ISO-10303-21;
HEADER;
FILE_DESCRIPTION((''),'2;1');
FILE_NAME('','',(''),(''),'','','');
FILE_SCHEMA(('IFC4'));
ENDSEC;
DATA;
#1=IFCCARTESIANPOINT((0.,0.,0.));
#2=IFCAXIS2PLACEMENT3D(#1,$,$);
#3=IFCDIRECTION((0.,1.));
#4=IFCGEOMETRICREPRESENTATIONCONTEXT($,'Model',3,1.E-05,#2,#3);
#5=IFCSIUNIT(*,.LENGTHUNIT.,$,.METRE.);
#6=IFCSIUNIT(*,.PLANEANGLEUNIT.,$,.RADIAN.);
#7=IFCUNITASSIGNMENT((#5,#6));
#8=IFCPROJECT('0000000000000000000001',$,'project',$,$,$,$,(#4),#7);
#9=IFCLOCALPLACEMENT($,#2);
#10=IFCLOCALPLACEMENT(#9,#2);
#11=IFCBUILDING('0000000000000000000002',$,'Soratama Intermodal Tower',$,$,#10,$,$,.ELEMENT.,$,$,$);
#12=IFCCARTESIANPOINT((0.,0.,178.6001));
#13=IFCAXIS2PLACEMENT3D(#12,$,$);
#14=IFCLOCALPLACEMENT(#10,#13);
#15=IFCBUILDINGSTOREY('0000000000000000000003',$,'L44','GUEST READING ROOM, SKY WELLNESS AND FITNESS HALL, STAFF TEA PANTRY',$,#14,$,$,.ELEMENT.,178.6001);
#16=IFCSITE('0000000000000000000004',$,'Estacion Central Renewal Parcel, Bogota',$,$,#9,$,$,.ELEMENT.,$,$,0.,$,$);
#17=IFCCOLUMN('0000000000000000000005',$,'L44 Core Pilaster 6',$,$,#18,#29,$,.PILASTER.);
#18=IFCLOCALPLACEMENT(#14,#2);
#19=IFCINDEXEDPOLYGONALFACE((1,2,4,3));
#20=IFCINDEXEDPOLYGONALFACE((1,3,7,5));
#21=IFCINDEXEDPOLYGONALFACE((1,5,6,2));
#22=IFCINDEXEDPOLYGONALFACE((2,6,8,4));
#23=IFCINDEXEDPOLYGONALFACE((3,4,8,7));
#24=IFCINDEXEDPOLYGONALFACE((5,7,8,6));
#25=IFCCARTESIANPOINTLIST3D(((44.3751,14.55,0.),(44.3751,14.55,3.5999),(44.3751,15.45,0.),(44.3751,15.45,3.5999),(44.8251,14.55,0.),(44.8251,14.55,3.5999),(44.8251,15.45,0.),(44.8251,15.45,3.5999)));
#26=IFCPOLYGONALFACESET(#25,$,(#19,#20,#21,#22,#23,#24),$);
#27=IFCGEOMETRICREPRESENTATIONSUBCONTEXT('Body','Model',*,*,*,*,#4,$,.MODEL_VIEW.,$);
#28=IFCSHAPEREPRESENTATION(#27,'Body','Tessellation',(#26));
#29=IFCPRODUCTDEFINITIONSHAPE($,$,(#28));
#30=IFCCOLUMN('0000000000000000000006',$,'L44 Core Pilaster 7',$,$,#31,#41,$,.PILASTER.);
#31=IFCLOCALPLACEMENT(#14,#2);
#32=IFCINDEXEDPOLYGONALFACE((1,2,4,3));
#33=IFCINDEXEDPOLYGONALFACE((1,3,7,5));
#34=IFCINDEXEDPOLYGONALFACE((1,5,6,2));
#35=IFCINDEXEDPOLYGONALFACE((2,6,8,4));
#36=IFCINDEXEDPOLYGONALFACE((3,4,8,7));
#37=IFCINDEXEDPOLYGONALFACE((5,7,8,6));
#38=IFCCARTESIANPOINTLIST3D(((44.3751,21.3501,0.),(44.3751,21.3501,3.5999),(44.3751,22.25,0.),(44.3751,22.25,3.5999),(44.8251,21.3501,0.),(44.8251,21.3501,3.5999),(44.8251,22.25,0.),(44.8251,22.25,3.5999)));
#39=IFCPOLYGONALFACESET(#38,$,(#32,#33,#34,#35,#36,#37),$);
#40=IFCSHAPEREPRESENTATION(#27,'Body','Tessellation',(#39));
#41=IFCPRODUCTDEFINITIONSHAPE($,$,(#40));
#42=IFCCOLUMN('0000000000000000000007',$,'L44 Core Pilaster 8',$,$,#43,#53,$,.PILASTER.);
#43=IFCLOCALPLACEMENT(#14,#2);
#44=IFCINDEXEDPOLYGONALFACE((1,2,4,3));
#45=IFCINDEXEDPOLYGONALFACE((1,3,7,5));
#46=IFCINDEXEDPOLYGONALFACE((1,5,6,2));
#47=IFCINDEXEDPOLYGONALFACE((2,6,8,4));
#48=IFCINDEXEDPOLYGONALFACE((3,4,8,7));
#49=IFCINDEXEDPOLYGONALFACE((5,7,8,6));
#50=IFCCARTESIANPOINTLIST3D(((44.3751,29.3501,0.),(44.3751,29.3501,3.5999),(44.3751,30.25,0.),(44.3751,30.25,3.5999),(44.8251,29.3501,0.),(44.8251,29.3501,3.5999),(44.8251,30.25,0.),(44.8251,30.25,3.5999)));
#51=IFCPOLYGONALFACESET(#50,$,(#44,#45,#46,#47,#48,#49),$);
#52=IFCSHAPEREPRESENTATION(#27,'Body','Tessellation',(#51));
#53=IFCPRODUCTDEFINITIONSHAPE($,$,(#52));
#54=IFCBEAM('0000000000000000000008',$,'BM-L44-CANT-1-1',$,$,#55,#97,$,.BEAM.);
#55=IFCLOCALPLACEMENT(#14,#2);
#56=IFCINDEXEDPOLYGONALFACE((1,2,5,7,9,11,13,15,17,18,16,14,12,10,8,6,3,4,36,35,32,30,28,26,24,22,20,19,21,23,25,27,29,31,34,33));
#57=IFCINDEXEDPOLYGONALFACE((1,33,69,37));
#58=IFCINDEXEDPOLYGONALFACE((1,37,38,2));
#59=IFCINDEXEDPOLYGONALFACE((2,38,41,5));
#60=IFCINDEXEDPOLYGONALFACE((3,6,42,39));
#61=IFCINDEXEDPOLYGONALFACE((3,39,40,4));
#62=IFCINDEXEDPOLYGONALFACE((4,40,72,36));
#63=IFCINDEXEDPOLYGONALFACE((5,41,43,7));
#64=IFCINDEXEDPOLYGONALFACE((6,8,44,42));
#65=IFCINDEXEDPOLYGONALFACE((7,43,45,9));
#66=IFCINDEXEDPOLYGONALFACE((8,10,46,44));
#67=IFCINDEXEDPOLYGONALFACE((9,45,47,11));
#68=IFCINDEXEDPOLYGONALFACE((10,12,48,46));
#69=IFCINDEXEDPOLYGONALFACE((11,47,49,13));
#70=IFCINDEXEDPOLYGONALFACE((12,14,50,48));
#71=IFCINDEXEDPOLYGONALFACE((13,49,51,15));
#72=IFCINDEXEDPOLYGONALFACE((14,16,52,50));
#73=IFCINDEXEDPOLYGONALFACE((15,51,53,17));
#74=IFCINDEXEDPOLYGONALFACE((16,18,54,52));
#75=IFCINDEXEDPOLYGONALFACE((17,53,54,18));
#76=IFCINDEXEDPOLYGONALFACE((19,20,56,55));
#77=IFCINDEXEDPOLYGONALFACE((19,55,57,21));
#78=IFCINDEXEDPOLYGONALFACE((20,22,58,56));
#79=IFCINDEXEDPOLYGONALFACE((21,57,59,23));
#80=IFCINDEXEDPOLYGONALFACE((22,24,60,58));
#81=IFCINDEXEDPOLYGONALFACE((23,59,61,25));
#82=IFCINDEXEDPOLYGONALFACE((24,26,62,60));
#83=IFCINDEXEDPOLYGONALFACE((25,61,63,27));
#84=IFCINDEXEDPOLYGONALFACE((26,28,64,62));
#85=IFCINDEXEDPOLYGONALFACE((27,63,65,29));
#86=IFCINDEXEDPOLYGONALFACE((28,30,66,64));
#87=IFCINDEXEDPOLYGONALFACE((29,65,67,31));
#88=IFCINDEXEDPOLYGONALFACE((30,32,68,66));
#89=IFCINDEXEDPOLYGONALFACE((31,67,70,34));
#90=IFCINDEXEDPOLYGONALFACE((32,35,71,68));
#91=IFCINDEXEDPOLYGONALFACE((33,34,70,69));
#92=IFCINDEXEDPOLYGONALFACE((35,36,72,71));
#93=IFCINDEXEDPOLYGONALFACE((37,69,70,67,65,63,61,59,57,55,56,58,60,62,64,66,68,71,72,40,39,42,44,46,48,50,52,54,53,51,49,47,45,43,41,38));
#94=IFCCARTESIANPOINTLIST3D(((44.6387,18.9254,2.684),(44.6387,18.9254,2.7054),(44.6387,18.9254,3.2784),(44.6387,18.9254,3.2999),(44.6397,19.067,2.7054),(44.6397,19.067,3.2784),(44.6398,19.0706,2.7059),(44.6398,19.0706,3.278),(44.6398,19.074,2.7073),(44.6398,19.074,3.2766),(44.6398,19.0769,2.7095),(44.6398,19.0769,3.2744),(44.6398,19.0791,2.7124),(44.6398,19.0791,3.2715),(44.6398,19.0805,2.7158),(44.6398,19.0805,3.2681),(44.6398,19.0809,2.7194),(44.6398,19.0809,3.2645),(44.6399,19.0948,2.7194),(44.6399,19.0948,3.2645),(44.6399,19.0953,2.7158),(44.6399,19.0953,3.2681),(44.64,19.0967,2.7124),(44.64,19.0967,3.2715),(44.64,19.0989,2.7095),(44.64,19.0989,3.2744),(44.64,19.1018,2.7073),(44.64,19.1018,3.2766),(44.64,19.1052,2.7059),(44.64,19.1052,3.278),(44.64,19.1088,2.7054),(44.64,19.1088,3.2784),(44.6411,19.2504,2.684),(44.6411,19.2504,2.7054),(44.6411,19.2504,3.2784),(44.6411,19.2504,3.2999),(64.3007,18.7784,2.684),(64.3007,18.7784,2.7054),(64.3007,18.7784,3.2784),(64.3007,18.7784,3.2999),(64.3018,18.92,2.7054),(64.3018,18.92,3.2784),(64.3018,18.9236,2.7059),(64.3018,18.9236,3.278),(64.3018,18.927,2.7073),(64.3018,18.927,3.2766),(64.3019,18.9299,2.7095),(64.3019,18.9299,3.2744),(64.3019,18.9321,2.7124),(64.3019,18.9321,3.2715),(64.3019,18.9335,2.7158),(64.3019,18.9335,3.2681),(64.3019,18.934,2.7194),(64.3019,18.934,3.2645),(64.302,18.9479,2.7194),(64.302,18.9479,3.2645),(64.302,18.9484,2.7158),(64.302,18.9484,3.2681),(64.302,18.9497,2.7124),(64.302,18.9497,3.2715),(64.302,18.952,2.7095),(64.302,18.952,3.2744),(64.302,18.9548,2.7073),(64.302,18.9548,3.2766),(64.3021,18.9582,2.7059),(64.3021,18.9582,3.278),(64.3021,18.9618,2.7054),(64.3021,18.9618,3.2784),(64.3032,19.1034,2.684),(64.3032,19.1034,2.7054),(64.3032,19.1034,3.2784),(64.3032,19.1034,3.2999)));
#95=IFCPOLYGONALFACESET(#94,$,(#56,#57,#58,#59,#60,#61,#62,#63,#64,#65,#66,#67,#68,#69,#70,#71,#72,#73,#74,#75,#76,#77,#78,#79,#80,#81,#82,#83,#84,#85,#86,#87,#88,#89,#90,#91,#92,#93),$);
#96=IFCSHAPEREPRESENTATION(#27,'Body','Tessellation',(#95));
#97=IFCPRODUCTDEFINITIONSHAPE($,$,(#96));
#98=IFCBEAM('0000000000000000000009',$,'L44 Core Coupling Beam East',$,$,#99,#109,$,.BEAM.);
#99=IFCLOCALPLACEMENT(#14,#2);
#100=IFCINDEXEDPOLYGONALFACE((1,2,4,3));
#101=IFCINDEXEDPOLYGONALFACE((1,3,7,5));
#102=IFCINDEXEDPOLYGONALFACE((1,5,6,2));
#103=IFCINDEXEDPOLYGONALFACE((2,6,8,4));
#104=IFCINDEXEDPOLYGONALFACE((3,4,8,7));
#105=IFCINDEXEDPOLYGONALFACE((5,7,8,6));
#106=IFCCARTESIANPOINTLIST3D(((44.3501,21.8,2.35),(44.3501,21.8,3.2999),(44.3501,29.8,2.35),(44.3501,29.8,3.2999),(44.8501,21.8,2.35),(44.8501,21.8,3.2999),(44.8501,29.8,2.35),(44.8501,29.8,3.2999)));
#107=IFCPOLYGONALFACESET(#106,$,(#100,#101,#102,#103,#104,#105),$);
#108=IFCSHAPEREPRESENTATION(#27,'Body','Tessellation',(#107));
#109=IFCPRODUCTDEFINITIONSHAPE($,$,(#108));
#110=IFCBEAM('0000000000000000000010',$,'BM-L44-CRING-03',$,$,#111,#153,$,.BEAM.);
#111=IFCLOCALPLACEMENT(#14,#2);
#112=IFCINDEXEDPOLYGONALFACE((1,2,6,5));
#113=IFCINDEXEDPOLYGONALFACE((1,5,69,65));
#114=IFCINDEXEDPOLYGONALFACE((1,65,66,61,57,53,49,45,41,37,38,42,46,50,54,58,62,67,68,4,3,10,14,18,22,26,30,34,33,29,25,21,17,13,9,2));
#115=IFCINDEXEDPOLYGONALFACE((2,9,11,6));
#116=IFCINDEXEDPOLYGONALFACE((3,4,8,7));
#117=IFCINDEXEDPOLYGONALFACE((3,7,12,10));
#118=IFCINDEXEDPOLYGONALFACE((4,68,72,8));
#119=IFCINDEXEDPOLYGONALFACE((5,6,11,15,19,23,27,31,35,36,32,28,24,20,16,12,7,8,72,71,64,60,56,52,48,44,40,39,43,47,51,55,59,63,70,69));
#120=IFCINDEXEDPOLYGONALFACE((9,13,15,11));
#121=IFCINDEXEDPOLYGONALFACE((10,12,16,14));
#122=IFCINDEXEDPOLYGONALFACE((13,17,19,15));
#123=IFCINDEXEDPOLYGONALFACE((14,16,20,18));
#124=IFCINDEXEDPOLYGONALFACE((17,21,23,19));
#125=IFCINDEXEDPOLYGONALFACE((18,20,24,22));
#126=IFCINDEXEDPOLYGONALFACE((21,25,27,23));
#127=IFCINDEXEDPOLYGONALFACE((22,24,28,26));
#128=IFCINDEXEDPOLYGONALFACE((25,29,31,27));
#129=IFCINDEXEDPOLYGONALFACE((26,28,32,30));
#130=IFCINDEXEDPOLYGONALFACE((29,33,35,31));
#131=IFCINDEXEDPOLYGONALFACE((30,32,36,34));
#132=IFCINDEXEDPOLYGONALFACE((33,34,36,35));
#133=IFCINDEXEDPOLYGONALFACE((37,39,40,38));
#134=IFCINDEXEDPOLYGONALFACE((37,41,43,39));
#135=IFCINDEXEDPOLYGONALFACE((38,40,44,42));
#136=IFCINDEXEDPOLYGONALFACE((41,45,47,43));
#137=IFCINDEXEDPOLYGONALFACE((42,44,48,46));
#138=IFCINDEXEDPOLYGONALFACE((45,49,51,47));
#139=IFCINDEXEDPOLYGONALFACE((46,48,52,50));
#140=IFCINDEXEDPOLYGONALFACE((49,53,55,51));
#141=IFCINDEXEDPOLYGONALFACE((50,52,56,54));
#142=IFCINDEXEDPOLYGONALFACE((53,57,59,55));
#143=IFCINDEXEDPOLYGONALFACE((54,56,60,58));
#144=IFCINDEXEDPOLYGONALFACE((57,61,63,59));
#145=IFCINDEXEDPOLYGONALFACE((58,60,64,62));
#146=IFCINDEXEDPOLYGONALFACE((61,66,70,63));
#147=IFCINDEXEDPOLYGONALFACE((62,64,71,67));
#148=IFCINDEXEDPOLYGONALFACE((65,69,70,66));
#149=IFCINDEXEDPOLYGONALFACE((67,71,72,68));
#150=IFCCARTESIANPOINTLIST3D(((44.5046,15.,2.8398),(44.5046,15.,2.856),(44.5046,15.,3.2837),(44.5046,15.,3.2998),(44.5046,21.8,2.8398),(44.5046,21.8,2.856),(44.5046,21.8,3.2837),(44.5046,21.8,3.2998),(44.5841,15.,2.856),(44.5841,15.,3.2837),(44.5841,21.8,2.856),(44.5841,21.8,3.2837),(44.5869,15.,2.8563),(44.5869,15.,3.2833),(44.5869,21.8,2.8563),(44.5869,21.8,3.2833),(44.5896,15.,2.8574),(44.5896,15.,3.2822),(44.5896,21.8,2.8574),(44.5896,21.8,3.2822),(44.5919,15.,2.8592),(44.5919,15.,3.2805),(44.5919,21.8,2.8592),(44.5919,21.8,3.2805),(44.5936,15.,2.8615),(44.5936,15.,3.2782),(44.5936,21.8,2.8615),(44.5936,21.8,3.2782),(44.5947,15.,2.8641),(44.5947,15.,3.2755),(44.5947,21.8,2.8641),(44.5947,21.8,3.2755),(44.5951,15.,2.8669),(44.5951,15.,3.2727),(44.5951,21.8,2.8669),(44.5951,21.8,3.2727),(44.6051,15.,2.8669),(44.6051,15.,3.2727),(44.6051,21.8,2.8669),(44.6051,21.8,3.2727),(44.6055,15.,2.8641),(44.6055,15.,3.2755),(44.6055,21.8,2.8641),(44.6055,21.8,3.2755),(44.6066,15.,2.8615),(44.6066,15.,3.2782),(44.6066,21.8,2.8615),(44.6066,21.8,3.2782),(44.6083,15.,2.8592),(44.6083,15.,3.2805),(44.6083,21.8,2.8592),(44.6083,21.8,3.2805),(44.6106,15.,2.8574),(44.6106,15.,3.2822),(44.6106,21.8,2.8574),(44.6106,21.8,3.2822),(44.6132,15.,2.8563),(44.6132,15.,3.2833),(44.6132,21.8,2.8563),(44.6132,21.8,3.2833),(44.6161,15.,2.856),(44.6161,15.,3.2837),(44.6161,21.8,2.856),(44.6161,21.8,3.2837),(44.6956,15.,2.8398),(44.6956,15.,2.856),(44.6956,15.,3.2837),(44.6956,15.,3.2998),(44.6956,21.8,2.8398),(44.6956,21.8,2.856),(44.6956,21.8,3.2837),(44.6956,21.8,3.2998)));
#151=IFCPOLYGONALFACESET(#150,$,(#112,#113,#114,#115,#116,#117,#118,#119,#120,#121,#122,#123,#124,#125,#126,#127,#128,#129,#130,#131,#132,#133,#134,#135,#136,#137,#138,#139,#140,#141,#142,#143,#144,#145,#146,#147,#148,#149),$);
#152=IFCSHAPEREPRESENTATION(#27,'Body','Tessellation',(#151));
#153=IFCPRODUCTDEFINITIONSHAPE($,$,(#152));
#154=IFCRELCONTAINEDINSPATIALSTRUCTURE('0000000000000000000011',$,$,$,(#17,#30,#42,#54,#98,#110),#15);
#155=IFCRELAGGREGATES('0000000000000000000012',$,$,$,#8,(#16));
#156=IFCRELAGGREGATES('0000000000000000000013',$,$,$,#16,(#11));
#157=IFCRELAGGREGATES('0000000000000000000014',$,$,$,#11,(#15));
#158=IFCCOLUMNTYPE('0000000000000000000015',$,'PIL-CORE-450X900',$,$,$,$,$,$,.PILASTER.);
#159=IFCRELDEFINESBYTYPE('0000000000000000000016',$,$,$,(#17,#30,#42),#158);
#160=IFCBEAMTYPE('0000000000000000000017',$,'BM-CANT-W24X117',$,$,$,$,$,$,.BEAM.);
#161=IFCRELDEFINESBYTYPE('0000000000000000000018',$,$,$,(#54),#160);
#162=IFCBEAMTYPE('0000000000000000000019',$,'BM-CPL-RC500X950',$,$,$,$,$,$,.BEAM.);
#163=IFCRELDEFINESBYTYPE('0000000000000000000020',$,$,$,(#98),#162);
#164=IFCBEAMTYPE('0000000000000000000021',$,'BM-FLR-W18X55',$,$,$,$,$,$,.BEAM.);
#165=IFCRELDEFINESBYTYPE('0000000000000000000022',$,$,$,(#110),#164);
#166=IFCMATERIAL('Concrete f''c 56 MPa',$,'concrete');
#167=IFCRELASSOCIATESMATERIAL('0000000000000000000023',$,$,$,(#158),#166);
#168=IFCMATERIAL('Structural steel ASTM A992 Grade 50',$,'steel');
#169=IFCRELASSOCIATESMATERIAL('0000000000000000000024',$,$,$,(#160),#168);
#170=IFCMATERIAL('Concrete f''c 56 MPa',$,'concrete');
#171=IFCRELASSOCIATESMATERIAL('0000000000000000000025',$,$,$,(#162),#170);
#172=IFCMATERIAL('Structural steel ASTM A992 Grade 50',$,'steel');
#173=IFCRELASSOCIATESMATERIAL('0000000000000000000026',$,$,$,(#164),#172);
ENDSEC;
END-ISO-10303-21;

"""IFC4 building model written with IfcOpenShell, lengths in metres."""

from ifc_helpers import new_model, si_unit, direction, frame, origin, origin_2d, place, context, subcontext, project, spatial, rectangle, i_section, extrude, material, material_profile, profile_set, type_object, element, save


model = new_model("IFC4")

# Units and contexts
model_context = context("Model", 3, precision=1e-05, world=origin(), true_north=direction((0.0, 1.0)))
body_context = subcontext(model_context, "Body", "Model", "MODEL_VIEW")
ifc_project = project(units=[si_unit("LENGTHUNIT", "METRE"), si_unit("PLANEANGLEUNIT", "RADIAN")], contexts=[model_context])

# Site, building, storey
site_placement = place(None, origin())
site = spatial("IfcSite", under=ifc_project, at=site_placement, Name="Estacion Central Renewal Parcel, Bogota", CompositionType="ELEMENT", RefElevation=0.0)
building_placement = place(site_placement, origin())
building = spatial("IfcBuilding", under=site, at=building_placement, Name="Soratama Intermodal Tower", CompositionType="ELEMENT")
storey_placement = place(building_placement, frame((0.0, 0.0, 178.6001)))
storey = spatial("IfcBuildingStorey", under=building, at=storey_placement, Name="L44", Description="GUEST READING ROOM, SKY WELLNESS AND FITNESS HALL, STAFF TEA PANTRY", CompositionType="ELEMENT", Elevation=178.6001)

# Columns
ifc_material_1 = material(Name="Concrete f'c 56 MPa", Category="concrete")
ifc_material_profile_1 = material_profile(ifc_material_1, rectangle(XDim=0.45, YDim=0.8999, at=origin_2d()), Name="RC450X900")
ifc_profile_set_1 = profile_set([ifc_material_profile_1], Name="Concrete f'c 56 MPa")
column_type = type_object("IfcColumnType", Name="PIL-CORE-450X900", PredefinedType="PILASTER", material=ifc_profile_set_1)
for number, where, z_axis, x_axis, name in (
    (1, (44.6001, 15.0, 0.0), (0.0, 0.0, 1.0), (1.0, 0.0, 0.0), "L44 Core Pilaster 6"),
    (2, (44.6001, 21.8, 0.0), (0.0, 0.0, 1.0), (1.0, 0.0, 0.0), "L44 Core Pilaster 7"),
    (3, (44.6001, 29.8, 0.0), (0.0, 0.0, 1.0), (1.0, 0.0, 0.0), "L44 Core Pilaster 8"),
):
    element("IfcColumn", number, at=place(storey_placement, frame(where, z_axis=z_axis, x_axis=x_axis)), inside=storey, type_object=column_type, Name=name, PredefinedType="PILASTER", context=body_context, shape_type="SweptSolid", body=[
        extrude(rectangle(XDim=0.45, YDim=0.8999, at=origin_2d()), origin(), (0.0, 0.0, 1.0), 3.5999),
    ])

# Beams
ifc_material_2 = material(Name="Structural steel ASTM A992 Grade 50", Category="steel")
ifc_material_profile_2 = material_profile(ifc_material_2, i_section(OverallWidth=0.325, OverallDepth=0.616, WebThickness=0.0139, FlangeThickness=0.0215, FilletRadius=0.0139, at=origin_2d()), Name="W24X117")
ifc_profile_set_2 = profile_set([ifc_material_profile_2], Name="Structural steel ASTM A992 Grade 50")
beam_type_1 = type_object("IfcBeamType", Name="BM-CANT-W24X117", PredefinedType="BEAM", material=ifc_profile_set_2)
beam_1_placement = place(storey_placement, frame((44.6399, 19.0879, 2.9919), z_axis=(0.999972, -0.007475, 0.0), x_axis=(0.007475, 0.999972, 0.0)))
element("IfcBeam", 4, at=beam_1_placement, inside=storey, type_object=beam_type_1, Name="BM-L44-CANT-1-1", PredefinedType="BEAM", context=body_context, shape_type="SweptSolid", body=[
    extrude(i_section(OverallWidth=0.325, OverallDepth=0.616, WebThickness=0.0139, FlangeThickness=0.0215, FilletRadius=0.0139, at=origin_2d()), origin(), (0.0, 0.0, 1.0), 19.6626),
])
ifc_material_3 = material(Name="Concrete f'c 56 MPa", Category="concrete")
ifc_material_profile_3 = material_profile(ifc_material_3, rectangle(XDim=0.5, YDim=0.95, at=origin_2d()), Name="RC500X950")
ifc_profile_set_3 = profile_set([ifc_material_profile_3], Name="Concrete f'c 56 MPa")
beam_type_2 = type_object("IfcBeamType", Name="BM-CPL-RC500X950", PredefinedType="BEAM", material=ifc_profile_set_3)
beam_2_placement = place(storey_placement, frame((44.6001, 21.8, 2.825), z_axis=(0.0, 1.0, 0.0), x_axis=(-1.0, 0.0, 0.0)))
element("IfcBeam", 5, at=beam_2_placement, inside=storey, type_object=beam_type_2, Name="L44 Core Coupling Beam East", PredefinedType="BEAM", context=body_context, shape_type="SweptSolid", body=[
    extrude(rectangle(XDim=0.5, YDim=0.95, at=origin_2d()), origin(), (0.0, 0.0, 1.0), 8.0),
])
ifc_material_4 = material(Name="Structural steel ASTM A992 Grade 50", Category="steel")
ifc_material_profile_4 = material_profile(ifc_material_4, i_section(OverallWidth=0.1909, OverallDepth=0.46, WebThickness=0.01, FlangeThickness=0.0161, FilletRadius=0.011, at=origin_2d()), Name="W18X55")
ifc_profile_set_4 = profile_set([ifc_material_profile_4], Name="Structural steel ASTM A992 Grade 50")
beam_type_3 = type_object("IfcBeamType", Name="BM-FLR-W18X55", PredefinedType="BEAM", material=ifc_profile_set_4)
beam_3_placement = place(storey_placement, frame((44.6001, 15.0, 3.0698), z_axis=(0.0, 1.0, 0.0), x_axis=(-1.0, 0.0, 0.0)))
element("IfcBeam", 6, at=beam_3_placement, inside=storey, type_object=beam_type_3, Name="BM-L44-CRING-03", PredefinedType="BEAM", context=body_context, shape_type="SweptSolid", body=[
    extrude(i_section(OverallWidth=0.1909, OverallDepth=0.46, WebThickness=0.01, FlangeThickness=0.0161, FilletRadius=0.011, at=origin_2d()), origin(), (0.0, 0.0, 1.0), 6.8),
])

save(model, "model.ifc")
